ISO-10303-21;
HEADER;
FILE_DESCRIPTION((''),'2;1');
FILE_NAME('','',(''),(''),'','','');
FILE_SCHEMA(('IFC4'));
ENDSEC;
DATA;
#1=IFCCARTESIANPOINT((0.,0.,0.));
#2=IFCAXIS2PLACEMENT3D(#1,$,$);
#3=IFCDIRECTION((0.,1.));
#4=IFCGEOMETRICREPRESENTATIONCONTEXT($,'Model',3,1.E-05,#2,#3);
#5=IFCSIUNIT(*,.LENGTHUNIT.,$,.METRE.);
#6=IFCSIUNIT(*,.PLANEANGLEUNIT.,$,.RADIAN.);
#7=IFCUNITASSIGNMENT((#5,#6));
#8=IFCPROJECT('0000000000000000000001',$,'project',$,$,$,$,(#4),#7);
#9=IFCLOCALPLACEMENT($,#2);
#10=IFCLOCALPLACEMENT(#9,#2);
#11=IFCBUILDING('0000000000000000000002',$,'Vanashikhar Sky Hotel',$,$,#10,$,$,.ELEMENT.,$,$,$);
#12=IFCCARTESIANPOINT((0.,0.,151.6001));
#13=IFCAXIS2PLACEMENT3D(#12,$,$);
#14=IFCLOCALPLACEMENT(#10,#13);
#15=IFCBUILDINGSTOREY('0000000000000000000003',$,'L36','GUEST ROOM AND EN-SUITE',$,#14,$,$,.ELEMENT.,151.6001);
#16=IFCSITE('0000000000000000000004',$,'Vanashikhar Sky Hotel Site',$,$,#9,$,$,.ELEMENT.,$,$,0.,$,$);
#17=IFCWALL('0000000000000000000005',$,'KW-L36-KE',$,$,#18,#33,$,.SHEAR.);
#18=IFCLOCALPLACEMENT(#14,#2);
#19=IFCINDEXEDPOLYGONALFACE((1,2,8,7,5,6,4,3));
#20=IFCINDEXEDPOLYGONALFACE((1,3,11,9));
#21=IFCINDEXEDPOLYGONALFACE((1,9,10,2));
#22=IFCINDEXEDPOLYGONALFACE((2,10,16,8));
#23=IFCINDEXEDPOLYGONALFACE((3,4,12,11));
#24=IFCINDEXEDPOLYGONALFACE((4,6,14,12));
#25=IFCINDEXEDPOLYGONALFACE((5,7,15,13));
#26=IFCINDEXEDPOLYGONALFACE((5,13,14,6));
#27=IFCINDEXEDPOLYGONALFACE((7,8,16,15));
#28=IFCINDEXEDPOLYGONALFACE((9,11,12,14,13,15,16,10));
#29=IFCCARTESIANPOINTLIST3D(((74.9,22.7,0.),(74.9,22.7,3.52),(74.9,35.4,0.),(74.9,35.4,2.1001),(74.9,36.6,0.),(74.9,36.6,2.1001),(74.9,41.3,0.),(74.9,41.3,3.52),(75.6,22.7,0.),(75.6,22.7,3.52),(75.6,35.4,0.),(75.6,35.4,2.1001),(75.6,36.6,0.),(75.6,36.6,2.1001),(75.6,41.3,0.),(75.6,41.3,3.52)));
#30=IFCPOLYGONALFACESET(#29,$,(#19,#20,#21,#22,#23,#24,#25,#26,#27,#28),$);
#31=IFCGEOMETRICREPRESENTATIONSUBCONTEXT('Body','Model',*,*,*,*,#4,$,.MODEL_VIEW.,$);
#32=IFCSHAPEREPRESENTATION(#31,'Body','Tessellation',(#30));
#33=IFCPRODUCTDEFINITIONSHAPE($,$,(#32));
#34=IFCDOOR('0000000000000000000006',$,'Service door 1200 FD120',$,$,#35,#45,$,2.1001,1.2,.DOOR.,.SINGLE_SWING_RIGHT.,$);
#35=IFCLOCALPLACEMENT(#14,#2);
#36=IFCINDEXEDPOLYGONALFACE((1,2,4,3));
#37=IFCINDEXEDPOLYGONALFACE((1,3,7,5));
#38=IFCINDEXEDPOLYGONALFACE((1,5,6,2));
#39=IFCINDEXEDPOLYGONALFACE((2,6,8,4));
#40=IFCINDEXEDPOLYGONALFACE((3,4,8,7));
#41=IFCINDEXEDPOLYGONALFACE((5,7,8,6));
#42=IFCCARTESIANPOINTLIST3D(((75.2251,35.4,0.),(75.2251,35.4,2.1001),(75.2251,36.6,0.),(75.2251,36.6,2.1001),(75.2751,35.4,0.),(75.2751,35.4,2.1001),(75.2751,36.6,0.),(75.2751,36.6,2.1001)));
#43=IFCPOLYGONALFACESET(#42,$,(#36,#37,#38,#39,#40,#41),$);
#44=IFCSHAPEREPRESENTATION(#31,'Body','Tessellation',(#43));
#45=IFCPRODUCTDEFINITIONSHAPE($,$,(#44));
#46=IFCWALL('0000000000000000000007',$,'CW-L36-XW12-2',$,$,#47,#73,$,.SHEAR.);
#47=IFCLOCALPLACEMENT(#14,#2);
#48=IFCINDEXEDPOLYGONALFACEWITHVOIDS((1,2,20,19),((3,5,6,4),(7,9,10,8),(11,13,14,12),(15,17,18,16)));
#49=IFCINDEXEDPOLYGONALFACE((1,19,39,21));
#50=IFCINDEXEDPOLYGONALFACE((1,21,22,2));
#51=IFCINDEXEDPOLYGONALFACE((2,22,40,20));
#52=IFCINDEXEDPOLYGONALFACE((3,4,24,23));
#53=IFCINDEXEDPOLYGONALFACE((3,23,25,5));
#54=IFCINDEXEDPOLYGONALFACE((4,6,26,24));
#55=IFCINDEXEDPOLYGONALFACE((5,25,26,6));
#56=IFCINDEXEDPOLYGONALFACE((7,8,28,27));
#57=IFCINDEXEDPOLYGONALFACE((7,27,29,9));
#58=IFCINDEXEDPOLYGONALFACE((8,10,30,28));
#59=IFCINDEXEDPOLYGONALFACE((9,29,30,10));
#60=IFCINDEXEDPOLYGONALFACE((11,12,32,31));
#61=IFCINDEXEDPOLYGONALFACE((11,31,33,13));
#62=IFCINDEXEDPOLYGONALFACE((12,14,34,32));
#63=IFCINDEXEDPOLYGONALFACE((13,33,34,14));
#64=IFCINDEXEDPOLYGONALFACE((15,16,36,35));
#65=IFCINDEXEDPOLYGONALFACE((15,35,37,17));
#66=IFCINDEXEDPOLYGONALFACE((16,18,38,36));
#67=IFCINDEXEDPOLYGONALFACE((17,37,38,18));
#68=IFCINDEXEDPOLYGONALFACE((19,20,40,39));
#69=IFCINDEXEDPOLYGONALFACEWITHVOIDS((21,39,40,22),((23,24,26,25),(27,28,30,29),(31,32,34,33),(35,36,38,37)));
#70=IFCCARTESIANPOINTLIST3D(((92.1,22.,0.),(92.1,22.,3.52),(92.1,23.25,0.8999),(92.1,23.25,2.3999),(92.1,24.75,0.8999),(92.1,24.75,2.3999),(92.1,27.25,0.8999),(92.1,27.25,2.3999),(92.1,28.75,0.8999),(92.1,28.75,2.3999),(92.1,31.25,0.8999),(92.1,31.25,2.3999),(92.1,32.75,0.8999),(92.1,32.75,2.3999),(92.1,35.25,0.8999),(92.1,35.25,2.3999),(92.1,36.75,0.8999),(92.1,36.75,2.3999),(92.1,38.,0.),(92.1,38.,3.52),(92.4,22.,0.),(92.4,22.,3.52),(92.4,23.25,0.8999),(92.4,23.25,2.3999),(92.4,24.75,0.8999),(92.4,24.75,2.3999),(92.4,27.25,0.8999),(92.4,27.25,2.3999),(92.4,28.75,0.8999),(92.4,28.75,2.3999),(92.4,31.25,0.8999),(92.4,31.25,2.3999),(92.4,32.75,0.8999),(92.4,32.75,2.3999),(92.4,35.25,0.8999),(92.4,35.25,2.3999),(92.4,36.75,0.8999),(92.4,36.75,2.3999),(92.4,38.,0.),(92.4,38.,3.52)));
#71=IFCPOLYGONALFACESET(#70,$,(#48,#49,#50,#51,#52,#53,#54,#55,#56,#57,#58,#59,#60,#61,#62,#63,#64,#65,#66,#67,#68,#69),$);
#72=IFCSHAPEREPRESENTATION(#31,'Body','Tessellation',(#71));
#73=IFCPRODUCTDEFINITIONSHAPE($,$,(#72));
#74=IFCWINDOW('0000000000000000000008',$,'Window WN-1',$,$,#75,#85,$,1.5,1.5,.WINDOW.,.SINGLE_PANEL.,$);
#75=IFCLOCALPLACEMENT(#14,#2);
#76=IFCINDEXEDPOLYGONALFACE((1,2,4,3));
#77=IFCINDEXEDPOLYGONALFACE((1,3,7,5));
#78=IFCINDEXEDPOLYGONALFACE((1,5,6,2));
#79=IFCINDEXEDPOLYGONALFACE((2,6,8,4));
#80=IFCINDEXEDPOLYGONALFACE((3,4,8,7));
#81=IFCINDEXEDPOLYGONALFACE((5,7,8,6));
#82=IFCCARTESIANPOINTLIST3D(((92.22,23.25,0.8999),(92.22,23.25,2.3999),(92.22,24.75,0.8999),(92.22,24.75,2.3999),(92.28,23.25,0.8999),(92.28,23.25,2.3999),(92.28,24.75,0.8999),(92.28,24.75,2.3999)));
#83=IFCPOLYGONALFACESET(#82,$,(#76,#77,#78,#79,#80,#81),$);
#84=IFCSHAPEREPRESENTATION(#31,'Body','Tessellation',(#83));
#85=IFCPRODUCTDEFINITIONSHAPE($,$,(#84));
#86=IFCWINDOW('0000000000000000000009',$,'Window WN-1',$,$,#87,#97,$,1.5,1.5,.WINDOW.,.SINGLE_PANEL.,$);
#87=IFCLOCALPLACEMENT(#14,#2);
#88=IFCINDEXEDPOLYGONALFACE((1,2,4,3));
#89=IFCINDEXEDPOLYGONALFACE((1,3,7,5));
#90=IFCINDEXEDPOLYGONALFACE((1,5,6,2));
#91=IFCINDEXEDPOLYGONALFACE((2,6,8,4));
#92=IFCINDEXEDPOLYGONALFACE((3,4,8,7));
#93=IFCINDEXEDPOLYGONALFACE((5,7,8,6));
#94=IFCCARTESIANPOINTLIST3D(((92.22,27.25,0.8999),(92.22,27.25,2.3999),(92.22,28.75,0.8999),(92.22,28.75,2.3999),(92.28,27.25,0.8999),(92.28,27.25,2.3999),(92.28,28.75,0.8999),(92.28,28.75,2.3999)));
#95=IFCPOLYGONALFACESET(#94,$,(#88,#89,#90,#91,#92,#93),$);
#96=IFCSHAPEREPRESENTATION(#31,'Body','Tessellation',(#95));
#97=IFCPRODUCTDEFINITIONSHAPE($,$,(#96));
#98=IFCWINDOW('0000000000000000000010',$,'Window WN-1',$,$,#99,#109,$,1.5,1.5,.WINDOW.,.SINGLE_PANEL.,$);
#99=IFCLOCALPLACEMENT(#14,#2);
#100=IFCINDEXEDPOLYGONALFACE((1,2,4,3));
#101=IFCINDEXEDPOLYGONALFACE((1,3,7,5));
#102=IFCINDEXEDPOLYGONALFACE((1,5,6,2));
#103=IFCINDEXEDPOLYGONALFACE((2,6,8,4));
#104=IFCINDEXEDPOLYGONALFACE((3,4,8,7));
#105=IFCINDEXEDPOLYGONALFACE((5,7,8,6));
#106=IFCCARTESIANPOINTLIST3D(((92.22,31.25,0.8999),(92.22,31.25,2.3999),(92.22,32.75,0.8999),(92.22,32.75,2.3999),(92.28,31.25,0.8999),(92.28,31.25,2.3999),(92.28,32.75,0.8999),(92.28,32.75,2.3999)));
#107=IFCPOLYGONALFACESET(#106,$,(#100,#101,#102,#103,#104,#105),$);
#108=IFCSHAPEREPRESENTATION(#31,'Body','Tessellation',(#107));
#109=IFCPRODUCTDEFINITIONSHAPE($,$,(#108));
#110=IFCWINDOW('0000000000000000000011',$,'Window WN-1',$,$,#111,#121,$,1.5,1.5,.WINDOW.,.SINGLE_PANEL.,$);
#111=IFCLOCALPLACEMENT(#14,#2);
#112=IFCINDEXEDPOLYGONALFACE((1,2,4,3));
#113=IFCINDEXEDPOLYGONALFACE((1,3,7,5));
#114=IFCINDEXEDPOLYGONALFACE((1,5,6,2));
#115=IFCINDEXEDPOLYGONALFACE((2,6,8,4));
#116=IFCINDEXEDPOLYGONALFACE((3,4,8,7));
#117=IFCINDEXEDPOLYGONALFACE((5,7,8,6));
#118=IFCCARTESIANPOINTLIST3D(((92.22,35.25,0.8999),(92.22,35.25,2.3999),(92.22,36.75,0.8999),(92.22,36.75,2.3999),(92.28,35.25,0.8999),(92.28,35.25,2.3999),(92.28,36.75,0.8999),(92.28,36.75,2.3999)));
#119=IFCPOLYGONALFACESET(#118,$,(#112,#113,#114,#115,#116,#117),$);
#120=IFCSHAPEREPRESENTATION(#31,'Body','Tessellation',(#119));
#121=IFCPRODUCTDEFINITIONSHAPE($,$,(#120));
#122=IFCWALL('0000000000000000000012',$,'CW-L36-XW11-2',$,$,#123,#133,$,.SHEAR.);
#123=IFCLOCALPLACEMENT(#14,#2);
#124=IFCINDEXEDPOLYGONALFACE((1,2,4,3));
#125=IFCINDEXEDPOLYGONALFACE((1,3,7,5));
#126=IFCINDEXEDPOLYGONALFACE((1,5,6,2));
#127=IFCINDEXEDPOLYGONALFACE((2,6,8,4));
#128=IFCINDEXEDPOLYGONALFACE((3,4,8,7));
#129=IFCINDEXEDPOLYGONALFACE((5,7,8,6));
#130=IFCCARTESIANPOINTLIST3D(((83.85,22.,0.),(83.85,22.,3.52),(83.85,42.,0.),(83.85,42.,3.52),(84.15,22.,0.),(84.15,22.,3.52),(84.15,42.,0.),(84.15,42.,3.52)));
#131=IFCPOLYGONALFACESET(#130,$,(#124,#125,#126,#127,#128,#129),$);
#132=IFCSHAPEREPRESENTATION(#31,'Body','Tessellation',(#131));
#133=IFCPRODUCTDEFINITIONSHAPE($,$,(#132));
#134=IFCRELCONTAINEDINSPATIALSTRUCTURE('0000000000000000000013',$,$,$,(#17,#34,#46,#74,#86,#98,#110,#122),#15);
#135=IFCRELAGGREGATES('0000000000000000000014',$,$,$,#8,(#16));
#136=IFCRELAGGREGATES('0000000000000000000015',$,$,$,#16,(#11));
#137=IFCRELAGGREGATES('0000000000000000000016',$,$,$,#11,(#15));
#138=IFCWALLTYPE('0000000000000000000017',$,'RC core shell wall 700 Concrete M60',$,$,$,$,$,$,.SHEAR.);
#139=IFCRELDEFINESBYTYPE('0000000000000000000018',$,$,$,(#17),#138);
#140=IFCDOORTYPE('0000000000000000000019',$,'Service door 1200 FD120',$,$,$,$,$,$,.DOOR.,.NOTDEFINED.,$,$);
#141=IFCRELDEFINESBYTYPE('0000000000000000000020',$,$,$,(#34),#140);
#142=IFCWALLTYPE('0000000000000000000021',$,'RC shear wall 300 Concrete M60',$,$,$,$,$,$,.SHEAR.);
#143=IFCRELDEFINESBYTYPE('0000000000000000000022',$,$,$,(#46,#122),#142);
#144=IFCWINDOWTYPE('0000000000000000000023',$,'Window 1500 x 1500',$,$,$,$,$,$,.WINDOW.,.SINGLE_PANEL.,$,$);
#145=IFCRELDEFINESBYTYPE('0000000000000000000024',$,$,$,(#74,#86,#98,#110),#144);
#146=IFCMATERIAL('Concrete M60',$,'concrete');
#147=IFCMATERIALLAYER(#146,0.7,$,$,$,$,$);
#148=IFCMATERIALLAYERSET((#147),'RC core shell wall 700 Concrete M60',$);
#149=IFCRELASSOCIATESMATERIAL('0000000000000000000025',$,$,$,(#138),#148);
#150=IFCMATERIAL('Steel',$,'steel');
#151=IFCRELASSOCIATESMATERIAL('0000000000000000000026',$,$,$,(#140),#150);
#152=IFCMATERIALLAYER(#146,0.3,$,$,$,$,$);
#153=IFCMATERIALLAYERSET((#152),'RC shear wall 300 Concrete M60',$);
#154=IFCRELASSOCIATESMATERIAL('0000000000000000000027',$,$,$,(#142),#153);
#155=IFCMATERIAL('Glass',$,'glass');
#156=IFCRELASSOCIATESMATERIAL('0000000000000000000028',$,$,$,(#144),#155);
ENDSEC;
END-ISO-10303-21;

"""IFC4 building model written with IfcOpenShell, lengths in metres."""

from ifc_helpers import new_model, si_unit, direction, frame, frame_2d, origin, place, context, subcontext, project, spatial, rectangle, extrude, source, transform, mapped, material, layer, layer_set, type_object, element, fill, save


model = new_model("IFC4")

# Units and contexts
model_context = context("Model", 3, precision=1e-05, world=origin(), true_north=direction((0.0, 1.0)))
body_context = subcontext(model_context, "Body", "Model", "MODEL_VIEW")
ifc_project = project(units=[si_unit("LENGTHUNIT", "METRE"), si_unit("PLANEANGLEUNIT", "RADIAN")], contexts=[model_context])

# Site, building, storey
site_placement = place(None, origin())
site = spatial("IfcSite", under=ifc_project, at=site_placement, Name="Vanashikhar Sky Hotel Site", CompositionType="ELEMENT", RefElevation=0.0)
building_placement = place(site_placement, origin())
building = spatial("IfcBuilding", under=site, at=building_placement, Name="Vanashikhar Sky Hotel", CompositionType="ELEMENT")
storey_placement = place(building_placement, frame((0.0, 0.0, 151.6001)))
storey = spatial("IfcBuildingStorey", under=building, at=storey_placement, Name="L36", Description="GUEST ROOM AND EN-SUITE", CompositionType="ELEMENT", Elevation=151.6001)

# Wall, opening, door
ifc_material_1 = material(Name="Concrete M60", Category="concrete")
ifc_layer_1 = layer(ifc_material_1, 0.7)
ifc_layer_set_1 = layer_set([ifc_layer_1], Name="RC core shell wall 700 Concrete M60")
wall_type_1 = type_object("IfcWallType", Name="RC core shell wall 700 Concrete M60", PredefinedType="SHEAR", material=ifc_layer_set_1)
shared_shape_1 = source(origin(), body_context, "Body", "SweptSolid", [
    extrude(rectangle(XDim=18.6001, YDim=0.7, at=frame_2d((9.3, 0.0))), origin(), (0.0, 0.0, 1.0), 3.52),
])
wall_1_placement = place(storey_placement, frame((75.25, 22.7, 0.0), z_axis=(0.0, 0.0, 1.0), x_axis=(0.0, 1.0, 0.0)))
wall_1 = element("IfcWall", 1, at=wall_1_placement, inside=storey, type_object=wall_type_1, Name="KW-L36-KE", PredefinedType="SHEAR", context=body_context, shape_type="MappedRepresentation", body=[
    mapped(shared_shape_1, transform((0.0, 0.0, 0.0), scale=1.0)),
])
shared_shape_2 = source(origin(), body_context, "Body", "SweptSolid", [
    extrude(rectangle(XDim=1.2, YDim=2.1001, at=frame_2d((0.6001, 1.05))), frame((0.0, 0.3599, 0.0), z_axis=(0.0, -1.0, 0.0), x_axis=(1.0, 0.0, 0.0)), (0.0, 0.0, 1.0), 0.72),
])
opening_1_placement = place(wall_1_placement, frame((12.7, 0.0, 0.0)))
opening_1 = element("IfcOpeningElement", 2, at=opening_1_placement, cuts=wall_1, PredefinedType="OPENING", context=body_context, shape_type="MappedRepresentation", body=[
    mapped(shared_shape_2, transform((0.0, 0.0, 0.0), scale=1.0)),
])
ifc_material_2 = material(Name="Steel", Category="steel")
door_type_1 = type_object("IfcDoorType", Name="Service door 1200 FD120", OperationType="NOTDEFINED", PredefinedType="DOOR", material=ifc_material_2)
shared_shape_3 = source(origin(), body_context, "Body", "SweptSolid", [
    extrude(rectangle(XDim=1.2, YDim=2.1001, at=frame_2d((0.6001, 1.05))), frame((0.0, 0.0249, 0.0), z_axis=(0.0, -1.0, 0.0), x_axis=(1.0, 0.0, 0.0)), (0.0, 0.0, 1.0), 0.05),
])
door_1_placement = place(opening_1_placement, origin())
door_1 = element("IfcDoor", 3, at=door_1_placement, inside=storey, type_object=door_type_1, Name="Service door 1200 FD120", OperationType="SINGLE_SWING_RIGHT", OverallHeight=2.1001, OverallWidth=1.2, PredefinedType="DOOR", context=body_context, shape_type="MappedRepresentation", body=[
    mapped(shared_shape_3, transform((0.0, 0.0, 0.0), scale=1.0)),
])
fill(opening_1, door_1)

# Wall, openings, windows
ifc_layer_2 = layer(ifc_material_1, 0.3)
ifc_layer_set_2 = layer_set([ifc_layer_2], Name="RC shear wall 300 Concrete M60")
wall_type_2 = type_object("IfcWallType", Name="RC shear wall 300 Concrete M60", PredefinedType="SHEAR", material=ifc_layer_set_2)
shared_shape_4 = source(origin(), body_context, "Body", "SweptSolid", [
    extrude(rectangle(XDim=16.0, YDim=0.3, at=frame_2d((8.0, 0.0))), origin(), (0.0, 0.0, 1.0), 3.52),
])
wall_2_placement = place(storey_placement, frame((92.25, 22.0, 0.0), z_axis=(0.0, 0.0, 1.0), x_axis=(0.0, 1.0, 0.0)))
wall_2 = element("IfcWall", 4, at=wall_2_placement, inside=storey, type_object=wall_type_2, Name="CW-L36-XW12-2", PredefinedType="SHEAR", context=body_context, shape_type="MappedRepresentation", body=[
    mapped(shared_shape_4, transform((0.0, 0.0, 0.0), scale=1.0)),
])
shared_shape_5 = source(origin(), body_context, "Body", "SweptSolid", [
    extrude(rectangle(XDim=1.5, YDim=1.5, at=frame_2d((0.75, 0.75))), frame((0.0, 0.1602, 0.0), z_axis=(0.0, -1.0, 0.0), x_axis=(1.0, 0.0, 0.0)), (0.0, 0.0, 1.0), 0.3201),
])
opening_2_placement = place(wall_2_placement, frame((1.25, 0.0, 0.8999)))
opening_2 = element("IfcOpeningElement", 5, at=opening_2_placement, cuts=wall_2, PredefinedType="OPENING", context=body_context, shape_type="MappedRepresentation", body=[
    mapped(shared_shape_5, transform((0.0, 0.0, 0.0), scale=1.0)),
])
opening_3_placement = place(wall_2_placement, frame((5.25, 0.0, 0.8999)))
opening_3 = element("IfcOpeningElement", 6, at=opening_3_placement, cuts=wall_2, PredefinedType="OPENING", context=body_context, shape_type="MappedRepresentation", body=[
    mapped(shared_shape_5, transform((0.0, 0.0, 0.0), scale=1.0)),
])
opening_4_placement = place(wall_2_placement, frame((9.25, 0.0, 0.8999)))
opening_4 = element("IfcOpeningElement", 7, at=opening_4_placement, cuts=wall_2, PredefinedType="OPENING", context=body_context, shape_type="MappedRepresentation", body=[
    mapped(shared_shape_5, transform((0.0, 0.0, 0.0), scale=1.0)),
])
opening_5_placement = place(wall_2_placement, frame((13.25, 0.0, 0.8999)))
opening_5 = element("IfcOpeningElement", 8, at=opening_5_placement, cuts=wall_2, PredefinedType="OPENING", context=body_context, shape_type="MappedRepresentation", body=[
    mapped(shared_shape_5, transform((0.0, 0.0, 0.0), scale=1.0)),
])
ifc_material_3 = material(Name="Glass", Category="glass")
window_type = type_object("IfcWindowType", Name="Window 1500 x 1500", PartitioningType="SINGLE_PANEL", PredefinedType="WINDOW", material=ifc_material_3)
shared_shape_6 = source(origin(), body_context, "Body", "SweptSolid", [
    extrude(rectangle(XDim=1.5, YDim=1.5, at=frame_2d((0.75, 0.75))), frame((0.0, 0.03, 0.0), z_axis=(0.0, -1.0, 0.0), x_axis=(1.0, 0.0, 0.0)), (0.0, 0.0, 1.0), 0.0601),
])
window_1_placement = place(opening_2_placement, origin())
window_1 = element("IfcWindow", 9, at=window_1_placement, inside=storey, type_object=window_type, Name="Window WN-1", OverallHeight=1.5, OverallWidth=1.5, PartitioningType="SINGLE_PANEL", PredefinedType="WINDOW", context=body_context, shape_type="MappedRepresentation", body=[
    mapped(shared_shape_6, transform((0.0, 0.0, 0.0), scale=1.0)),
])
fill(opening_2, window_1)
window_2_placement = place(opening_3_placement, origin())
window_2 = element("IfcWindow", 10, at=window_2_placement, inside=storey, type_object=window_type, Name="Window WN-1", OverallHeight=1.5, OverallWidth=1.5, PartitioningType="SINGLE_PANEL", PredefinedType="WINDOW", context=body_context, shape_type="MappedRepresentation", body=[
    mapped(shared_shape_6, transform((0.0, 0.0, 0.0), scale=1.0)),
])
fill(opening_3, window_2)
window_3_placement = place(opening_4_placement, origin())
window_3 = element("IfcWindow", 11, at=window_3_placement, inside=storey, type_object=window_type, Name="Window WN-1", OverallHeight=1.5, OverallWidth=1.5, PartitioningType="SINGLE_PANEL", PredefinedType="WINDOW", context=body_context, shape_type="MappedRepresentation", body=[
    mapped(shared_shape_6, transform((0.0, 0.0, 0.0), scale=1.0)),
])
fill(opening_4, window_3)
window_4_placement = place(opening_5_placement, origin())
window_4 = element("IfcWindow", 12, at=window_4_placement, inside=storey, type_object=window_type, Name="Window WN-1", OverallHeight=1.5, OverallWidth=1.5, PartitioningType="SINGLE_PANEL", PredefinedType="WINDOW", context=body_context, shape_type="MappedRepresentation", body=[
    mapped(shared_shape_6, transform((0.0, 0.0, 0.0), scale=1.0)),
])
fill(opening_5, window_4)

# Wall
shared_shape_7 = source(origin(), body_context, "Body", "SweptSolid", [
    extrude(rectangle(XDim=20.0, YDim=0.3, at=frame_2d((10.0, 0.0))), origin(), (0.0, 0.0, 1.0), 3.52),
])
wall_3_placement = place(storey_placement, frame((84.0, 22.0, 0.0), z_axis=(0.0, 0.0, 1.0), x_axis=(0.0, 1.0, 0.0)))
element("IfcWall", 13, at=wall_3_placement, inside=storey, type_object=wall_type_2, Name="CW-L36-XW11-2", PredefinedType="SHEAR", context=body_context, shape_type="MappedRepresentation", body=[
    mapped(shared_shape_7, transform((0.0, 0.0, 0.0), scale=1.0)),
])

save(model, "model.ifc")
